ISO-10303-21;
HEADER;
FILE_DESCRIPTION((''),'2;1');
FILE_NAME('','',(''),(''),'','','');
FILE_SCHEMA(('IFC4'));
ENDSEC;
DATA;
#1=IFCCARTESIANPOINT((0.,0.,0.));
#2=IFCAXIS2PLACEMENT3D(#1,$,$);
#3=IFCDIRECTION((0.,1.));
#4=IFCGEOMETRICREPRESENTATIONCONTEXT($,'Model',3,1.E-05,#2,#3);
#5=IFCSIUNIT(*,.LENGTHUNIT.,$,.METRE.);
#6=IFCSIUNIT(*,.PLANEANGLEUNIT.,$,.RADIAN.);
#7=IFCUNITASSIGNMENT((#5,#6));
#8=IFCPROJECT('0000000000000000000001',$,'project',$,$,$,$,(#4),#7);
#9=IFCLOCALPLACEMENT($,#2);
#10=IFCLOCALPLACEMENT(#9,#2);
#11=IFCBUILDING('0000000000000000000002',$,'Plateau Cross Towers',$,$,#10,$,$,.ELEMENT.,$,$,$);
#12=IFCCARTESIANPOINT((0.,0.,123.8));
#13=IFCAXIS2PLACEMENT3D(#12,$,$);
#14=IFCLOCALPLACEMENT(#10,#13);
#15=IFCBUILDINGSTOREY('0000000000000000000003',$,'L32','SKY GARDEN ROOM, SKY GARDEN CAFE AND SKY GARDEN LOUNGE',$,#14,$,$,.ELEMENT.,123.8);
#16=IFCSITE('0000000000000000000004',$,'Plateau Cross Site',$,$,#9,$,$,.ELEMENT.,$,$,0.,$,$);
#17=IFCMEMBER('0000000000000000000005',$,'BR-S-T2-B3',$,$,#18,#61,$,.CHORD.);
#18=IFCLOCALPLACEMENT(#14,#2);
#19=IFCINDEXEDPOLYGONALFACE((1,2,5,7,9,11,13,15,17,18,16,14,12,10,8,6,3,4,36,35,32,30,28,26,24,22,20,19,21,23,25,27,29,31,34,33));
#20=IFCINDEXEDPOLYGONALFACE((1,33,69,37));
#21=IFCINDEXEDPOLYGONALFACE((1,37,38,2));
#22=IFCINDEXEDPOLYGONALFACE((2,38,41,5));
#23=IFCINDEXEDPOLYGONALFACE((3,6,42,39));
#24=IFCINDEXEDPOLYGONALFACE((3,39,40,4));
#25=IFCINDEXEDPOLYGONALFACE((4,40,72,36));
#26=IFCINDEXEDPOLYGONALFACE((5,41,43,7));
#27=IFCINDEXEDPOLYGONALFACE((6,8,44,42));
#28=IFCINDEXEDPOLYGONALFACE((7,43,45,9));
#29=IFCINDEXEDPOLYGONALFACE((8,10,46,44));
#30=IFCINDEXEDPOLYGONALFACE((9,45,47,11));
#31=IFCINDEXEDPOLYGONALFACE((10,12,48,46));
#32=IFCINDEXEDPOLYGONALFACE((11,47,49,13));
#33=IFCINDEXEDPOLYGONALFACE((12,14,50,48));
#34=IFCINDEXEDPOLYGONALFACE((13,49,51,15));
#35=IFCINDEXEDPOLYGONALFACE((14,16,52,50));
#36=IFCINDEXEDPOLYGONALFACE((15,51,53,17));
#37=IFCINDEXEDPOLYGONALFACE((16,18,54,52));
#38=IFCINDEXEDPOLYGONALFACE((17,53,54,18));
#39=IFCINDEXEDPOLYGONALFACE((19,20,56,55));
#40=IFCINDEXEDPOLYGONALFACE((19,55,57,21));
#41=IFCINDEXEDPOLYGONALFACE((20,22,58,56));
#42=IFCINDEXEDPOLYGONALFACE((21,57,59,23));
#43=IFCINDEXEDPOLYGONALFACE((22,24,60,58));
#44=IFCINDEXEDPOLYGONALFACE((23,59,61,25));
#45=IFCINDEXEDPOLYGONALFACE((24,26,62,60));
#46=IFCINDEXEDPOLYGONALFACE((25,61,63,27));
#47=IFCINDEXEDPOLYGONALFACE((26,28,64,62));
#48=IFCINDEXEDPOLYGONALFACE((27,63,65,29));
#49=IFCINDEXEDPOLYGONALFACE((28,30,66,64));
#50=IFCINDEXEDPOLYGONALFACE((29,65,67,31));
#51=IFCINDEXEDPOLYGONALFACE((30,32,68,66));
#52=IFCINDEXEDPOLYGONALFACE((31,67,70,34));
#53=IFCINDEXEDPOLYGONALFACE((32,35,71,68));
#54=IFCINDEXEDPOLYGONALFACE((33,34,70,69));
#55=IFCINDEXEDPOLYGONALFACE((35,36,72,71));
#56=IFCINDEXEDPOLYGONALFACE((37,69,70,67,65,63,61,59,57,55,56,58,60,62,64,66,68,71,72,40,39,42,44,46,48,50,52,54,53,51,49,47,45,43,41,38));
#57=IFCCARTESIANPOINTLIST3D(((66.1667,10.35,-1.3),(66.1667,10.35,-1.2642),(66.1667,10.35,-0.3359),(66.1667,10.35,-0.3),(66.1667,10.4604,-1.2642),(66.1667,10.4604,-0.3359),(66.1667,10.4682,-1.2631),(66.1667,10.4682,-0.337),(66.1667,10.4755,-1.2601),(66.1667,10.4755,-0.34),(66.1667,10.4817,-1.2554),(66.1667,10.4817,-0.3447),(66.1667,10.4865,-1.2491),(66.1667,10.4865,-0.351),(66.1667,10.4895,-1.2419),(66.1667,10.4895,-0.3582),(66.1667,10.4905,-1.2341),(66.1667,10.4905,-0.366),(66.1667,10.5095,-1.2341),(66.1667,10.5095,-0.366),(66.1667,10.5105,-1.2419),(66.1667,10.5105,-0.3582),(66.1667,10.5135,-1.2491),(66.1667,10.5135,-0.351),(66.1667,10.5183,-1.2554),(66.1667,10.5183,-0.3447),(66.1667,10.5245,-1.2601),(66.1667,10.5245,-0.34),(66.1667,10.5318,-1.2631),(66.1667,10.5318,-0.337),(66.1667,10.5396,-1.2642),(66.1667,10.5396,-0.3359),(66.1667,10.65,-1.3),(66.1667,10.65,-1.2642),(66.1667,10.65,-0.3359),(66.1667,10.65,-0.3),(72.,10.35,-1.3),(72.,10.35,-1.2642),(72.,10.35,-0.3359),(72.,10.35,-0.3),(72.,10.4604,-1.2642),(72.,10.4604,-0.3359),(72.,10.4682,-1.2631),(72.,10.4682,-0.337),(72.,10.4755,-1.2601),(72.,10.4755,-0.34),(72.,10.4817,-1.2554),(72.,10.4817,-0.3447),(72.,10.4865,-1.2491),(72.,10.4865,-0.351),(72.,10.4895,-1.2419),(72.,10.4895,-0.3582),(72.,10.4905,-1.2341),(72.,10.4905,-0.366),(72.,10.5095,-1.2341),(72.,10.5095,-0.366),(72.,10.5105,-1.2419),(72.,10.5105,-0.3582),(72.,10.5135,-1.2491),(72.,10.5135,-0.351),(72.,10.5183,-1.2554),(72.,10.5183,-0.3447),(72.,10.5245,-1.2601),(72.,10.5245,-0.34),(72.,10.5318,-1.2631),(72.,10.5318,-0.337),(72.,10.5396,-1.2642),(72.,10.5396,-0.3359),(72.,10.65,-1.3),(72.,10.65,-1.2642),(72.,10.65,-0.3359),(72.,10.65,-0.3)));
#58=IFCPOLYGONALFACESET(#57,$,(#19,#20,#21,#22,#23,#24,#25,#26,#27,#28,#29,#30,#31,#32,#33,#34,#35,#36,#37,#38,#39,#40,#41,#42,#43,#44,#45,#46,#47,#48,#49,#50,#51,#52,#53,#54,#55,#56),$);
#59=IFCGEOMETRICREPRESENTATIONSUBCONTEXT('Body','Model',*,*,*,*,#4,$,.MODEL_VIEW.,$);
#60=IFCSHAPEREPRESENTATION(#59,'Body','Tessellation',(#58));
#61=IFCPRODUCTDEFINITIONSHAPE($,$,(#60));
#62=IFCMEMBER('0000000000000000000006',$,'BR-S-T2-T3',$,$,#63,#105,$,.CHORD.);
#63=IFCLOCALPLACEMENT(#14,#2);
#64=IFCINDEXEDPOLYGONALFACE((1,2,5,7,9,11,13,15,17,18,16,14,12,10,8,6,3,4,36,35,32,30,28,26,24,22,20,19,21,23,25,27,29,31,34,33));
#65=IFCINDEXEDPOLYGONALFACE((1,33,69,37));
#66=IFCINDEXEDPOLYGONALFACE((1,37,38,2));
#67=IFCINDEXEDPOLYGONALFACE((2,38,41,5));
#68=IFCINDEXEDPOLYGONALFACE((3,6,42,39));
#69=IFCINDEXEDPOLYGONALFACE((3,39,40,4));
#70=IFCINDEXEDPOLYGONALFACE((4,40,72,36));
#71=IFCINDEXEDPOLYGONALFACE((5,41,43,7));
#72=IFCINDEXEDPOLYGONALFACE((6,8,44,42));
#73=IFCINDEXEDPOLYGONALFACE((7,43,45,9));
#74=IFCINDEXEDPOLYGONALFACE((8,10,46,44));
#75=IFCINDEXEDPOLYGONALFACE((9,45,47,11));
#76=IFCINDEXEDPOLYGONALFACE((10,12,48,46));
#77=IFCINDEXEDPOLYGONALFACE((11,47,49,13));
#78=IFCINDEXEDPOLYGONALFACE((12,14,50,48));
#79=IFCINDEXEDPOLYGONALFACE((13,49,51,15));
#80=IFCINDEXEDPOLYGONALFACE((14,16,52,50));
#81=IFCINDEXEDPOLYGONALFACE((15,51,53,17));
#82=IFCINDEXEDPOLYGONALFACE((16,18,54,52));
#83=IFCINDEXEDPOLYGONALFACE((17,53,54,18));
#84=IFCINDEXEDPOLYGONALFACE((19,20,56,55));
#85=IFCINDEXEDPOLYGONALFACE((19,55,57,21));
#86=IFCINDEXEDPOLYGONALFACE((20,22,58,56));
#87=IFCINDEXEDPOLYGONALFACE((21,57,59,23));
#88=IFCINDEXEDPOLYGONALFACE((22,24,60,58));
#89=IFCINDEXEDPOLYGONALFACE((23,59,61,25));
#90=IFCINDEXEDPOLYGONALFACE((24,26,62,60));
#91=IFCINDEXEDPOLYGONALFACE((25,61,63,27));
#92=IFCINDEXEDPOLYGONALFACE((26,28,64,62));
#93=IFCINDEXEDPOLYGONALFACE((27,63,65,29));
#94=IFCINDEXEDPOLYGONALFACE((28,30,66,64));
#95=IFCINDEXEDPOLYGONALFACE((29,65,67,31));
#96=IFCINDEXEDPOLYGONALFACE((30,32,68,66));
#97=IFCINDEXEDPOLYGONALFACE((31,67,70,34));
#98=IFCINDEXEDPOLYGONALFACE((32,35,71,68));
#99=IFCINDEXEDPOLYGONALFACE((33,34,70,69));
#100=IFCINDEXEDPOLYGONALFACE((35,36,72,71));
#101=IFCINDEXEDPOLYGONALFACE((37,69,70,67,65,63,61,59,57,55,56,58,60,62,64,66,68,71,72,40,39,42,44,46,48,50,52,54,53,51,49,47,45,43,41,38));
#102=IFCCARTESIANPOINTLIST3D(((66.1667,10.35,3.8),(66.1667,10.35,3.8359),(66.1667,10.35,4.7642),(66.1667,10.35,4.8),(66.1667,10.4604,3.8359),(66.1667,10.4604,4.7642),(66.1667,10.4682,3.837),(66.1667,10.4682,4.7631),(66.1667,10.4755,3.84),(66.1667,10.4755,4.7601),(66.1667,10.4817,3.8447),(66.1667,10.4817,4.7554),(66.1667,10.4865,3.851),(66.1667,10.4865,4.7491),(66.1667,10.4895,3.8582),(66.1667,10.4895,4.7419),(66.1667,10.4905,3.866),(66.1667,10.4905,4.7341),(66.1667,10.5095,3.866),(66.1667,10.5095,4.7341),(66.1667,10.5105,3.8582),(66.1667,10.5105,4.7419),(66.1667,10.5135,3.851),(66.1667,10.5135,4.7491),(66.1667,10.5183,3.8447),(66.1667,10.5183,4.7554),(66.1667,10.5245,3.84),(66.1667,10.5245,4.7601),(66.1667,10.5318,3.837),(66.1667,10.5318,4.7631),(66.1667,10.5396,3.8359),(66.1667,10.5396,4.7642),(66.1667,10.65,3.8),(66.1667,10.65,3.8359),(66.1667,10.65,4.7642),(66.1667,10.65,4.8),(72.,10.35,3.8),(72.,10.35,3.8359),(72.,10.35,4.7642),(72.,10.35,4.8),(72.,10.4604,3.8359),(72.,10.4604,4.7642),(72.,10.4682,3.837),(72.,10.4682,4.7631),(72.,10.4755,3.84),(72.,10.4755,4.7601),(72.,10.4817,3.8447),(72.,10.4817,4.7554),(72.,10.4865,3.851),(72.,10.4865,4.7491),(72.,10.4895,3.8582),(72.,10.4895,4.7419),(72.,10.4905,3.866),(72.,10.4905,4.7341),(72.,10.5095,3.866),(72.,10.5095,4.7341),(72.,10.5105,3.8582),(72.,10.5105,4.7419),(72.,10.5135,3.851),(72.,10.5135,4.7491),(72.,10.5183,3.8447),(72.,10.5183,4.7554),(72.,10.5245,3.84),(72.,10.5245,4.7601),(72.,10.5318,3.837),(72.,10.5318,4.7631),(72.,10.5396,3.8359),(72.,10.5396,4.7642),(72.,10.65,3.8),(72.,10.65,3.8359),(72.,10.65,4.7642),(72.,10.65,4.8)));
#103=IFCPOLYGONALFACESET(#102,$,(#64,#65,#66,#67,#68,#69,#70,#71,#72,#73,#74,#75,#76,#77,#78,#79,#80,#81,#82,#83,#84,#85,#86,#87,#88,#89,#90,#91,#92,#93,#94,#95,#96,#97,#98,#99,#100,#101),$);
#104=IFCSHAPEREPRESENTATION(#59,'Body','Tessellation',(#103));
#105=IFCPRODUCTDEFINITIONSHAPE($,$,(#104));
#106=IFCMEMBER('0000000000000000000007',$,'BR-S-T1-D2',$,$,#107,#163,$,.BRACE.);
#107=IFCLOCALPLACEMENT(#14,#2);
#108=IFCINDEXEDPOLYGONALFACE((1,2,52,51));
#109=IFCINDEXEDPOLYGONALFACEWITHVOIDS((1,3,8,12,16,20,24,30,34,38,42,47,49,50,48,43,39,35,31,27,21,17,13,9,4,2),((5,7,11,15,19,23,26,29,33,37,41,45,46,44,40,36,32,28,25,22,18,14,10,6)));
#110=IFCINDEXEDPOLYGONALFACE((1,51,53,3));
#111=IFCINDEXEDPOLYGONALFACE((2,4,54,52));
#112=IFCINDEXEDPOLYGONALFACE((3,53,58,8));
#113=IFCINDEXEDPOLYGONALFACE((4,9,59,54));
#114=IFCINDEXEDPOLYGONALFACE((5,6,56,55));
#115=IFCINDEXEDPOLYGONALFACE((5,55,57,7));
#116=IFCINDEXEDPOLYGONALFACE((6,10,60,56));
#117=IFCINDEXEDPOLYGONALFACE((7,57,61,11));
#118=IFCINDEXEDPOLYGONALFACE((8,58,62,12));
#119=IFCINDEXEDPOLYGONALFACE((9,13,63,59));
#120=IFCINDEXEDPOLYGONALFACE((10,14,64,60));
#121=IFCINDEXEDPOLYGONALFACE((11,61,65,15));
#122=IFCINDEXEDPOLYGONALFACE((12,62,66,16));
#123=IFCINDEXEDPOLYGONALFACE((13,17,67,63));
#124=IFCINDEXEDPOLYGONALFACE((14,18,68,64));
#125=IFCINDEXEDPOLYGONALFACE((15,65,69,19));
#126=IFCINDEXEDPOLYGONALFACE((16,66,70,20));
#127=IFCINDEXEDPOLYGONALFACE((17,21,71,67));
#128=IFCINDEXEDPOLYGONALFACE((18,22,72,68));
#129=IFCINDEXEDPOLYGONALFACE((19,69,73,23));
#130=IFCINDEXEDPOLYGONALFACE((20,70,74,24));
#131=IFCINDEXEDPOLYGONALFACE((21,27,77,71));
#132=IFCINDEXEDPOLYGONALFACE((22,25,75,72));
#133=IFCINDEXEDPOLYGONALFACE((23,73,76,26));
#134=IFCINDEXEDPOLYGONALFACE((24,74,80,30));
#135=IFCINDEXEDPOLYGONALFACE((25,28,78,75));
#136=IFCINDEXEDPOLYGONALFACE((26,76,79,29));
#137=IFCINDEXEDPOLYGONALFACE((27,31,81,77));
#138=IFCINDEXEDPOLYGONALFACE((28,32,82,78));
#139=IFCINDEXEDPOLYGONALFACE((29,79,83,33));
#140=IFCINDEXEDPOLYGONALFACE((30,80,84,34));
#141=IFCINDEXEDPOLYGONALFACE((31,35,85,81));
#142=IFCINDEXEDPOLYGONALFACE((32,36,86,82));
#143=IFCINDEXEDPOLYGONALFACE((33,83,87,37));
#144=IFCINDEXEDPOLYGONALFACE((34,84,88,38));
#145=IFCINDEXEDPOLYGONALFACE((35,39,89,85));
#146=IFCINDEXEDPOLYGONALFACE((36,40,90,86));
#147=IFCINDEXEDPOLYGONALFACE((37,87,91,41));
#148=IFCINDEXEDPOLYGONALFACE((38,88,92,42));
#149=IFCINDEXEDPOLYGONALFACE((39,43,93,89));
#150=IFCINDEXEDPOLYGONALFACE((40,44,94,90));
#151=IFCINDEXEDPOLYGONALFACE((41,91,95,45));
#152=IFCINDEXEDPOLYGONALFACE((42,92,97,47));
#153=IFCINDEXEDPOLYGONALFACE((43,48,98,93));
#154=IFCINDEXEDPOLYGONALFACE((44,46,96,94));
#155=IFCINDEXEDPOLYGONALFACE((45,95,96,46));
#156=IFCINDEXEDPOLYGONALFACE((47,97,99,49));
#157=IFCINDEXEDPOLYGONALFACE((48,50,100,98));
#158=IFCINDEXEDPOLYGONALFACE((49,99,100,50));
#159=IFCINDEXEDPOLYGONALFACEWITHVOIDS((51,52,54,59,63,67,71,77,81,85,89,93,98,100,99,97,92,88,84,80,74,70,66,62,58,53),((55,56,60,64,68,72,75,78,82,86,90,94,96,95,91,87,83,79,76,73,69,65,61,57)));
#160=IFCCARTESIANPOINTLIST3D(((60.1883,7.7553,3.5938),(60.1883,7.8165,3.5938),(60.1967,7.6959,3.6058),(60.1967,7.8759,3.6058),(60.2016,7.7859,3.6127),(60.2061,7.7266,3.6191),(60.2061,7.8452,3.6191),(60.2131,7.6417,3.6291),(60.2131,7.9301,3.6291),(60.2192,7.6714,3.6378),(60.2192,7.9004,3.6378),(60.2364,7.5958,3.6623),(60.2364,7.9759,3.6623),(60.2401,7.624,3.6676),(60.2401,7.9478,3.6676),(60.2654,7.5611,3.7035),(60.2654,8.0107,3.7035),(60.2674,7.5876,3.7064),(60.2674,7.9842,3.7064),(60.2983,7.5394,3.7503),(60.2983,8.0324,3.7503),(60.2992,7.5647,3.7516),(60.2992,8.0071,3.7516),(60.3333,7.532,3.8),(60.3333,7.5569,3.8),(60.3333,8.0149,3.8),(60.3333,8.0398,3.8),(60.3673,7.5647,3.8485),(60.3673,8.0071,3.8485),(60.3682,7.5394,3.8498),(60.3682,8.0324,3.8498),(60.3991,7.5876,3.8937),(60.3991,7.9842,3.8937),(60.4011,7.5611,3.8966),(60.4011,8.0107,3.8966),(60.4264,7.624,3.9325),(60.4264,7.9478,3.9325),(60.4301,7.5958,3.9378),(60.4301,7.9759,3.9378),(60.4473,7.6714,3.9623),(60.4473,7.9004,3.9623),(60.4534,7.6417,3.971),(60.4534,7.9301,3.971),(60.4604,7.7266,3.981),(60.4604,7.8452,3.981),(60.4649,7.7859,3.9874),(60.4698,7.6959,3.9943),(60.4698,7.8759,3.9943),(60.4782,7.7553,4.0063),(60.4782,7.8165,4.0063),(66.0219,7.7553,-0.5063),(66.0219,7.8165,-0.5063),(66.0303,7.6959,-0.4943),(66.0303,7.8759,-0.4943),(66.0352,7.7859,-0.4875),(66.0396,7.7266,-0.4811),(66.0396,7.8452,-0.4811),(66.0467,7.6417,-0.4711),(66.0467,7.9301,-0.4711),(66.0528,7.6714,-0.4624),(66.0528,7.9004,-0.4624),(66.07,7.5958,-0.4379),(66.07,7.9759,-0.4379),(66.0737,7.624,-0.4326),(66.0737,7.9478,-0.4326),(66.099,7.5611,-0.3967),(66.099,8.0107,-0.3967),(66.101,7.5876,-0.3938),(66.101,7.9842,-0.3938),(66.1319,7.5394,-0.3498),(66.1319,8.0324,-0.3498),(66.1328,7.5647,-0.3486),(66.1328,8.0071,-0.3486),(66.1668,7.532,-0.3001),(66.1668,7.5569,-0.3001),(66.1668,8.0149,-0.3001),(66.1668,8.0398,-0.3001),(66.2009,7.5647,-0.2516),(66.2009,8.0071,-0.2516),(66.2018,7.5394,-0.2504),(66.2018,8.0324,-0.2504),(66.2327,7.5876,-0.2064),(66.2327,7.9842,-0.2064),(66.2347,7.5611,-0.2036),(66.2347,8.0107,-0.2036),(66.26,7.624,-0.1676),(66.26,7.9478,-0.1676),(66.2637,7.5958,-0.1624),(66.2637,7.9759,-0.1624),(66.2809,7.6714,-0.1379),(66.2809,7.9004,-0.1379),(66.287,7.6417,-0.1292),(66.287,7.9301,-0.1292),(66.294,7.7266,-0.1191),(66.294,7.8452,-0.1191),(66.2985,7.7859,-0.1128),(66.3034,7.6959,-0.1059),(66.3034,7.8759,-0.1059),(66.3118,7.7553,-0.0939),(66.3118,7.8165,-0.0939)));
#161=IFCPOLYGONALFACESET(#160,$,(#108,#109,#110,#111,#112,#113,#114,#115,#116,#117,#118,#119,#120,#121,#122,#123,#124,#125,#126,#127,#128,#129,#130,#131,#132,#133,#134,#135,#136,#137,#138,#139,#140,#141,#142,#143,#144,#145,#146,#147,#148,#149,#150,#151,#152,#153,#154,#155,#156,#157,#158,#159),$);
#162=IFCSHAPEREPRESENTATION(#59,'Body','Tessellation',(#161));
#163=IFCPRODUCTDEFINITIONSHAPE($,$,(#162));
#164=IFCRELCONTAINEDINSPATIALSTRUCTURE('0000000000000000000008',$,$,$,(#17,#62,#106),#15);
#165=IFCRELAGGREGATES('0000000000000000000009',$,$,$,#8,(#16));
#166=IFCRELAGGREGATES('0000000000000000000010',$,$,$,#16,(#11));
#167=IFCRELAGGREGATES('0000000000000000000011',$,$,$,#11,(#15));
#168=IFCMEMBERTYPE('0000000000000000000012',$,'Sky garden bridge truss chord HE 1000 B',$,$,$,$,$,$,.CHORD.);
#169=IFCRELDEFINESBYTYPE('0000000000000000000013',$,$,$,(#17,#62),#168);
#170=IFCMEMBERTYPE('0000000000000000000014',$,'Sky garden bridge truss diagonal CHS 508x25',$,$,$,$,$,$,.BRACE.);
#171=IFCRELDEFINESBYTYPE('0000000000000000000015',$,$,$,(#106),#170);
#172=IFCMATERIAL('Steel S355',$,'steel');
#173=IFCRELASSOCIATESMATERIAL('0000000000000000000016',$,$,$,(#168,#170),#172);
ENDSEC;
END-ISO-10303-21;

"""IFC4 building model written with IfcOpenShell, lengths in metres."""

from ifc_helpers import new_model, si_unit, direction, frame, origin, origin_2d, place, context, subcontext, project, spatial, hollow_circle, i_section, extrude, material, material_profile, profile_set, type_object, element, save


model = new_model("IFC4")

# Units and contexts
model_context = context("Model", 3, precision=1e-05, world=origin(), true_north=direction((0.0, 1.0)))
body_context = subcontext(model_context, "Body", "Model", "MODEL_VIEW")
ifc_project = project(units=[si_unit("LENGTHUNIT", "METRE"), si_unit("PLANEANGLEUNIT", "RADIAN")], contexts=[model_context])

# Site, building, storey
site_placement = place(None, origin())
site = spatial("IfcSite", under=ifc_project, at=site_placement, Name="Plateau Cross Site", CompositionType="ELEMENT", RefElevation=0.0)
building_placement = place(site_placement, origin())
building = spatial("IfcBuilding", under=site, at=building_placement, Name="Plateau Cross Towers", CompositionType="ELEMENT")
storey_placement = place(building_placement, frame((0.0, 0.0, 123.8)))
storey = spatial("IfcBuildingStorey", under=building, at=storey_placement, Name="L32", Description="SKY GARDEN ROOM, SKY GARDEN CAFE AND SKY GARDEN LOUNGE", CompositionType="ELEMENT", Elevation=123.8)

# Members
ifc_material_1 = material(Name="Steel S355", Category="steel")
ifc_material_profile_1 = material_profile(ifc_material_1, i_section(OverallWidth=0.3, OverallDepth=1.0, WebThickness=0.019, FlangeThickness=0.0359, FilletRadius=0.03, at=origin_2d()), Name="HE 1000 B")
ifc_profile_set_1 = profile_set([ifc_material_profile_1], Name="Steel S355")
member_type_1 = type_object("IfcMemberType", Name="Sky garden bridge truss chord HE 1000 B", PredefinedType="CHORD", material=ifc_profile_set_1)
for number, where, z_axis, x_axis, name in (
    (1, (66.1667, 10.5, -0.8), (1.0, 0.0, 0.0), (0.0, 1.0, 0.0), "BR-S-T2-B3"),
    (2, (66.1667, 10.5, 4.3), (1.0, 0.0, 0.0), (0.0, 1.0, 0.0), "BR-S-T2-T3"),
):
    element("IfcMember", number, at=place(storey_placement, frame(where, z_axis=z_axis, x_axis=x_axis)), inside=storey, type_object=member_type_1, Name=name, PredefinedType="CHORD", context=body_context, shape_type="SweptSolid", body=[
        extrude(i_section(OverallWidth=0.3, OverallDepth=1.0, WebThickness=0.019, FlangeThickness=0.0359, FilletRadius=0.03, at=origin_2d()), origin(), (0.0, 0.0, 1.0), 5.8333),
    ])
ifc_material_profile_2 = material_profile(ifc_material_1, hollow_circle(Radius=0.2539, WallThickness=0.0249, at=origin_2d()), Name="CHS 508x25")
ifc_profile_set_2 = profile_set([ifc_material_profile_2], Name="Steel S355")
member_type_2 = type_object("IfcMemberType", Name="Sky garden bridge truss diagonal CHS 508x25", PredefinedType="BRACE", material=ifc_profile_set_2)
member_1_placement = place(storey_placement, frame((60.3333, 7.7859, 3.8), z_axis=(0.818133, 0.0, -0.575029), x_axis=(0.0, 1.0, 0.0)))
element("IfcMember", 3, at=member_1_placement, inside=storey, type_object=member_type_2, Name="BR-S-T1-D2", PredefinedType="BRACE", context=body_context, shape_type="SweptSolid", body=[
    extrude(hollow_circle(Radius=0.2539, WallThickness=0.0249, at=origin_2d()), origin(), (0.0, 0.0, 1.0), 7.1304),
])

save(model, "model.ifc")
